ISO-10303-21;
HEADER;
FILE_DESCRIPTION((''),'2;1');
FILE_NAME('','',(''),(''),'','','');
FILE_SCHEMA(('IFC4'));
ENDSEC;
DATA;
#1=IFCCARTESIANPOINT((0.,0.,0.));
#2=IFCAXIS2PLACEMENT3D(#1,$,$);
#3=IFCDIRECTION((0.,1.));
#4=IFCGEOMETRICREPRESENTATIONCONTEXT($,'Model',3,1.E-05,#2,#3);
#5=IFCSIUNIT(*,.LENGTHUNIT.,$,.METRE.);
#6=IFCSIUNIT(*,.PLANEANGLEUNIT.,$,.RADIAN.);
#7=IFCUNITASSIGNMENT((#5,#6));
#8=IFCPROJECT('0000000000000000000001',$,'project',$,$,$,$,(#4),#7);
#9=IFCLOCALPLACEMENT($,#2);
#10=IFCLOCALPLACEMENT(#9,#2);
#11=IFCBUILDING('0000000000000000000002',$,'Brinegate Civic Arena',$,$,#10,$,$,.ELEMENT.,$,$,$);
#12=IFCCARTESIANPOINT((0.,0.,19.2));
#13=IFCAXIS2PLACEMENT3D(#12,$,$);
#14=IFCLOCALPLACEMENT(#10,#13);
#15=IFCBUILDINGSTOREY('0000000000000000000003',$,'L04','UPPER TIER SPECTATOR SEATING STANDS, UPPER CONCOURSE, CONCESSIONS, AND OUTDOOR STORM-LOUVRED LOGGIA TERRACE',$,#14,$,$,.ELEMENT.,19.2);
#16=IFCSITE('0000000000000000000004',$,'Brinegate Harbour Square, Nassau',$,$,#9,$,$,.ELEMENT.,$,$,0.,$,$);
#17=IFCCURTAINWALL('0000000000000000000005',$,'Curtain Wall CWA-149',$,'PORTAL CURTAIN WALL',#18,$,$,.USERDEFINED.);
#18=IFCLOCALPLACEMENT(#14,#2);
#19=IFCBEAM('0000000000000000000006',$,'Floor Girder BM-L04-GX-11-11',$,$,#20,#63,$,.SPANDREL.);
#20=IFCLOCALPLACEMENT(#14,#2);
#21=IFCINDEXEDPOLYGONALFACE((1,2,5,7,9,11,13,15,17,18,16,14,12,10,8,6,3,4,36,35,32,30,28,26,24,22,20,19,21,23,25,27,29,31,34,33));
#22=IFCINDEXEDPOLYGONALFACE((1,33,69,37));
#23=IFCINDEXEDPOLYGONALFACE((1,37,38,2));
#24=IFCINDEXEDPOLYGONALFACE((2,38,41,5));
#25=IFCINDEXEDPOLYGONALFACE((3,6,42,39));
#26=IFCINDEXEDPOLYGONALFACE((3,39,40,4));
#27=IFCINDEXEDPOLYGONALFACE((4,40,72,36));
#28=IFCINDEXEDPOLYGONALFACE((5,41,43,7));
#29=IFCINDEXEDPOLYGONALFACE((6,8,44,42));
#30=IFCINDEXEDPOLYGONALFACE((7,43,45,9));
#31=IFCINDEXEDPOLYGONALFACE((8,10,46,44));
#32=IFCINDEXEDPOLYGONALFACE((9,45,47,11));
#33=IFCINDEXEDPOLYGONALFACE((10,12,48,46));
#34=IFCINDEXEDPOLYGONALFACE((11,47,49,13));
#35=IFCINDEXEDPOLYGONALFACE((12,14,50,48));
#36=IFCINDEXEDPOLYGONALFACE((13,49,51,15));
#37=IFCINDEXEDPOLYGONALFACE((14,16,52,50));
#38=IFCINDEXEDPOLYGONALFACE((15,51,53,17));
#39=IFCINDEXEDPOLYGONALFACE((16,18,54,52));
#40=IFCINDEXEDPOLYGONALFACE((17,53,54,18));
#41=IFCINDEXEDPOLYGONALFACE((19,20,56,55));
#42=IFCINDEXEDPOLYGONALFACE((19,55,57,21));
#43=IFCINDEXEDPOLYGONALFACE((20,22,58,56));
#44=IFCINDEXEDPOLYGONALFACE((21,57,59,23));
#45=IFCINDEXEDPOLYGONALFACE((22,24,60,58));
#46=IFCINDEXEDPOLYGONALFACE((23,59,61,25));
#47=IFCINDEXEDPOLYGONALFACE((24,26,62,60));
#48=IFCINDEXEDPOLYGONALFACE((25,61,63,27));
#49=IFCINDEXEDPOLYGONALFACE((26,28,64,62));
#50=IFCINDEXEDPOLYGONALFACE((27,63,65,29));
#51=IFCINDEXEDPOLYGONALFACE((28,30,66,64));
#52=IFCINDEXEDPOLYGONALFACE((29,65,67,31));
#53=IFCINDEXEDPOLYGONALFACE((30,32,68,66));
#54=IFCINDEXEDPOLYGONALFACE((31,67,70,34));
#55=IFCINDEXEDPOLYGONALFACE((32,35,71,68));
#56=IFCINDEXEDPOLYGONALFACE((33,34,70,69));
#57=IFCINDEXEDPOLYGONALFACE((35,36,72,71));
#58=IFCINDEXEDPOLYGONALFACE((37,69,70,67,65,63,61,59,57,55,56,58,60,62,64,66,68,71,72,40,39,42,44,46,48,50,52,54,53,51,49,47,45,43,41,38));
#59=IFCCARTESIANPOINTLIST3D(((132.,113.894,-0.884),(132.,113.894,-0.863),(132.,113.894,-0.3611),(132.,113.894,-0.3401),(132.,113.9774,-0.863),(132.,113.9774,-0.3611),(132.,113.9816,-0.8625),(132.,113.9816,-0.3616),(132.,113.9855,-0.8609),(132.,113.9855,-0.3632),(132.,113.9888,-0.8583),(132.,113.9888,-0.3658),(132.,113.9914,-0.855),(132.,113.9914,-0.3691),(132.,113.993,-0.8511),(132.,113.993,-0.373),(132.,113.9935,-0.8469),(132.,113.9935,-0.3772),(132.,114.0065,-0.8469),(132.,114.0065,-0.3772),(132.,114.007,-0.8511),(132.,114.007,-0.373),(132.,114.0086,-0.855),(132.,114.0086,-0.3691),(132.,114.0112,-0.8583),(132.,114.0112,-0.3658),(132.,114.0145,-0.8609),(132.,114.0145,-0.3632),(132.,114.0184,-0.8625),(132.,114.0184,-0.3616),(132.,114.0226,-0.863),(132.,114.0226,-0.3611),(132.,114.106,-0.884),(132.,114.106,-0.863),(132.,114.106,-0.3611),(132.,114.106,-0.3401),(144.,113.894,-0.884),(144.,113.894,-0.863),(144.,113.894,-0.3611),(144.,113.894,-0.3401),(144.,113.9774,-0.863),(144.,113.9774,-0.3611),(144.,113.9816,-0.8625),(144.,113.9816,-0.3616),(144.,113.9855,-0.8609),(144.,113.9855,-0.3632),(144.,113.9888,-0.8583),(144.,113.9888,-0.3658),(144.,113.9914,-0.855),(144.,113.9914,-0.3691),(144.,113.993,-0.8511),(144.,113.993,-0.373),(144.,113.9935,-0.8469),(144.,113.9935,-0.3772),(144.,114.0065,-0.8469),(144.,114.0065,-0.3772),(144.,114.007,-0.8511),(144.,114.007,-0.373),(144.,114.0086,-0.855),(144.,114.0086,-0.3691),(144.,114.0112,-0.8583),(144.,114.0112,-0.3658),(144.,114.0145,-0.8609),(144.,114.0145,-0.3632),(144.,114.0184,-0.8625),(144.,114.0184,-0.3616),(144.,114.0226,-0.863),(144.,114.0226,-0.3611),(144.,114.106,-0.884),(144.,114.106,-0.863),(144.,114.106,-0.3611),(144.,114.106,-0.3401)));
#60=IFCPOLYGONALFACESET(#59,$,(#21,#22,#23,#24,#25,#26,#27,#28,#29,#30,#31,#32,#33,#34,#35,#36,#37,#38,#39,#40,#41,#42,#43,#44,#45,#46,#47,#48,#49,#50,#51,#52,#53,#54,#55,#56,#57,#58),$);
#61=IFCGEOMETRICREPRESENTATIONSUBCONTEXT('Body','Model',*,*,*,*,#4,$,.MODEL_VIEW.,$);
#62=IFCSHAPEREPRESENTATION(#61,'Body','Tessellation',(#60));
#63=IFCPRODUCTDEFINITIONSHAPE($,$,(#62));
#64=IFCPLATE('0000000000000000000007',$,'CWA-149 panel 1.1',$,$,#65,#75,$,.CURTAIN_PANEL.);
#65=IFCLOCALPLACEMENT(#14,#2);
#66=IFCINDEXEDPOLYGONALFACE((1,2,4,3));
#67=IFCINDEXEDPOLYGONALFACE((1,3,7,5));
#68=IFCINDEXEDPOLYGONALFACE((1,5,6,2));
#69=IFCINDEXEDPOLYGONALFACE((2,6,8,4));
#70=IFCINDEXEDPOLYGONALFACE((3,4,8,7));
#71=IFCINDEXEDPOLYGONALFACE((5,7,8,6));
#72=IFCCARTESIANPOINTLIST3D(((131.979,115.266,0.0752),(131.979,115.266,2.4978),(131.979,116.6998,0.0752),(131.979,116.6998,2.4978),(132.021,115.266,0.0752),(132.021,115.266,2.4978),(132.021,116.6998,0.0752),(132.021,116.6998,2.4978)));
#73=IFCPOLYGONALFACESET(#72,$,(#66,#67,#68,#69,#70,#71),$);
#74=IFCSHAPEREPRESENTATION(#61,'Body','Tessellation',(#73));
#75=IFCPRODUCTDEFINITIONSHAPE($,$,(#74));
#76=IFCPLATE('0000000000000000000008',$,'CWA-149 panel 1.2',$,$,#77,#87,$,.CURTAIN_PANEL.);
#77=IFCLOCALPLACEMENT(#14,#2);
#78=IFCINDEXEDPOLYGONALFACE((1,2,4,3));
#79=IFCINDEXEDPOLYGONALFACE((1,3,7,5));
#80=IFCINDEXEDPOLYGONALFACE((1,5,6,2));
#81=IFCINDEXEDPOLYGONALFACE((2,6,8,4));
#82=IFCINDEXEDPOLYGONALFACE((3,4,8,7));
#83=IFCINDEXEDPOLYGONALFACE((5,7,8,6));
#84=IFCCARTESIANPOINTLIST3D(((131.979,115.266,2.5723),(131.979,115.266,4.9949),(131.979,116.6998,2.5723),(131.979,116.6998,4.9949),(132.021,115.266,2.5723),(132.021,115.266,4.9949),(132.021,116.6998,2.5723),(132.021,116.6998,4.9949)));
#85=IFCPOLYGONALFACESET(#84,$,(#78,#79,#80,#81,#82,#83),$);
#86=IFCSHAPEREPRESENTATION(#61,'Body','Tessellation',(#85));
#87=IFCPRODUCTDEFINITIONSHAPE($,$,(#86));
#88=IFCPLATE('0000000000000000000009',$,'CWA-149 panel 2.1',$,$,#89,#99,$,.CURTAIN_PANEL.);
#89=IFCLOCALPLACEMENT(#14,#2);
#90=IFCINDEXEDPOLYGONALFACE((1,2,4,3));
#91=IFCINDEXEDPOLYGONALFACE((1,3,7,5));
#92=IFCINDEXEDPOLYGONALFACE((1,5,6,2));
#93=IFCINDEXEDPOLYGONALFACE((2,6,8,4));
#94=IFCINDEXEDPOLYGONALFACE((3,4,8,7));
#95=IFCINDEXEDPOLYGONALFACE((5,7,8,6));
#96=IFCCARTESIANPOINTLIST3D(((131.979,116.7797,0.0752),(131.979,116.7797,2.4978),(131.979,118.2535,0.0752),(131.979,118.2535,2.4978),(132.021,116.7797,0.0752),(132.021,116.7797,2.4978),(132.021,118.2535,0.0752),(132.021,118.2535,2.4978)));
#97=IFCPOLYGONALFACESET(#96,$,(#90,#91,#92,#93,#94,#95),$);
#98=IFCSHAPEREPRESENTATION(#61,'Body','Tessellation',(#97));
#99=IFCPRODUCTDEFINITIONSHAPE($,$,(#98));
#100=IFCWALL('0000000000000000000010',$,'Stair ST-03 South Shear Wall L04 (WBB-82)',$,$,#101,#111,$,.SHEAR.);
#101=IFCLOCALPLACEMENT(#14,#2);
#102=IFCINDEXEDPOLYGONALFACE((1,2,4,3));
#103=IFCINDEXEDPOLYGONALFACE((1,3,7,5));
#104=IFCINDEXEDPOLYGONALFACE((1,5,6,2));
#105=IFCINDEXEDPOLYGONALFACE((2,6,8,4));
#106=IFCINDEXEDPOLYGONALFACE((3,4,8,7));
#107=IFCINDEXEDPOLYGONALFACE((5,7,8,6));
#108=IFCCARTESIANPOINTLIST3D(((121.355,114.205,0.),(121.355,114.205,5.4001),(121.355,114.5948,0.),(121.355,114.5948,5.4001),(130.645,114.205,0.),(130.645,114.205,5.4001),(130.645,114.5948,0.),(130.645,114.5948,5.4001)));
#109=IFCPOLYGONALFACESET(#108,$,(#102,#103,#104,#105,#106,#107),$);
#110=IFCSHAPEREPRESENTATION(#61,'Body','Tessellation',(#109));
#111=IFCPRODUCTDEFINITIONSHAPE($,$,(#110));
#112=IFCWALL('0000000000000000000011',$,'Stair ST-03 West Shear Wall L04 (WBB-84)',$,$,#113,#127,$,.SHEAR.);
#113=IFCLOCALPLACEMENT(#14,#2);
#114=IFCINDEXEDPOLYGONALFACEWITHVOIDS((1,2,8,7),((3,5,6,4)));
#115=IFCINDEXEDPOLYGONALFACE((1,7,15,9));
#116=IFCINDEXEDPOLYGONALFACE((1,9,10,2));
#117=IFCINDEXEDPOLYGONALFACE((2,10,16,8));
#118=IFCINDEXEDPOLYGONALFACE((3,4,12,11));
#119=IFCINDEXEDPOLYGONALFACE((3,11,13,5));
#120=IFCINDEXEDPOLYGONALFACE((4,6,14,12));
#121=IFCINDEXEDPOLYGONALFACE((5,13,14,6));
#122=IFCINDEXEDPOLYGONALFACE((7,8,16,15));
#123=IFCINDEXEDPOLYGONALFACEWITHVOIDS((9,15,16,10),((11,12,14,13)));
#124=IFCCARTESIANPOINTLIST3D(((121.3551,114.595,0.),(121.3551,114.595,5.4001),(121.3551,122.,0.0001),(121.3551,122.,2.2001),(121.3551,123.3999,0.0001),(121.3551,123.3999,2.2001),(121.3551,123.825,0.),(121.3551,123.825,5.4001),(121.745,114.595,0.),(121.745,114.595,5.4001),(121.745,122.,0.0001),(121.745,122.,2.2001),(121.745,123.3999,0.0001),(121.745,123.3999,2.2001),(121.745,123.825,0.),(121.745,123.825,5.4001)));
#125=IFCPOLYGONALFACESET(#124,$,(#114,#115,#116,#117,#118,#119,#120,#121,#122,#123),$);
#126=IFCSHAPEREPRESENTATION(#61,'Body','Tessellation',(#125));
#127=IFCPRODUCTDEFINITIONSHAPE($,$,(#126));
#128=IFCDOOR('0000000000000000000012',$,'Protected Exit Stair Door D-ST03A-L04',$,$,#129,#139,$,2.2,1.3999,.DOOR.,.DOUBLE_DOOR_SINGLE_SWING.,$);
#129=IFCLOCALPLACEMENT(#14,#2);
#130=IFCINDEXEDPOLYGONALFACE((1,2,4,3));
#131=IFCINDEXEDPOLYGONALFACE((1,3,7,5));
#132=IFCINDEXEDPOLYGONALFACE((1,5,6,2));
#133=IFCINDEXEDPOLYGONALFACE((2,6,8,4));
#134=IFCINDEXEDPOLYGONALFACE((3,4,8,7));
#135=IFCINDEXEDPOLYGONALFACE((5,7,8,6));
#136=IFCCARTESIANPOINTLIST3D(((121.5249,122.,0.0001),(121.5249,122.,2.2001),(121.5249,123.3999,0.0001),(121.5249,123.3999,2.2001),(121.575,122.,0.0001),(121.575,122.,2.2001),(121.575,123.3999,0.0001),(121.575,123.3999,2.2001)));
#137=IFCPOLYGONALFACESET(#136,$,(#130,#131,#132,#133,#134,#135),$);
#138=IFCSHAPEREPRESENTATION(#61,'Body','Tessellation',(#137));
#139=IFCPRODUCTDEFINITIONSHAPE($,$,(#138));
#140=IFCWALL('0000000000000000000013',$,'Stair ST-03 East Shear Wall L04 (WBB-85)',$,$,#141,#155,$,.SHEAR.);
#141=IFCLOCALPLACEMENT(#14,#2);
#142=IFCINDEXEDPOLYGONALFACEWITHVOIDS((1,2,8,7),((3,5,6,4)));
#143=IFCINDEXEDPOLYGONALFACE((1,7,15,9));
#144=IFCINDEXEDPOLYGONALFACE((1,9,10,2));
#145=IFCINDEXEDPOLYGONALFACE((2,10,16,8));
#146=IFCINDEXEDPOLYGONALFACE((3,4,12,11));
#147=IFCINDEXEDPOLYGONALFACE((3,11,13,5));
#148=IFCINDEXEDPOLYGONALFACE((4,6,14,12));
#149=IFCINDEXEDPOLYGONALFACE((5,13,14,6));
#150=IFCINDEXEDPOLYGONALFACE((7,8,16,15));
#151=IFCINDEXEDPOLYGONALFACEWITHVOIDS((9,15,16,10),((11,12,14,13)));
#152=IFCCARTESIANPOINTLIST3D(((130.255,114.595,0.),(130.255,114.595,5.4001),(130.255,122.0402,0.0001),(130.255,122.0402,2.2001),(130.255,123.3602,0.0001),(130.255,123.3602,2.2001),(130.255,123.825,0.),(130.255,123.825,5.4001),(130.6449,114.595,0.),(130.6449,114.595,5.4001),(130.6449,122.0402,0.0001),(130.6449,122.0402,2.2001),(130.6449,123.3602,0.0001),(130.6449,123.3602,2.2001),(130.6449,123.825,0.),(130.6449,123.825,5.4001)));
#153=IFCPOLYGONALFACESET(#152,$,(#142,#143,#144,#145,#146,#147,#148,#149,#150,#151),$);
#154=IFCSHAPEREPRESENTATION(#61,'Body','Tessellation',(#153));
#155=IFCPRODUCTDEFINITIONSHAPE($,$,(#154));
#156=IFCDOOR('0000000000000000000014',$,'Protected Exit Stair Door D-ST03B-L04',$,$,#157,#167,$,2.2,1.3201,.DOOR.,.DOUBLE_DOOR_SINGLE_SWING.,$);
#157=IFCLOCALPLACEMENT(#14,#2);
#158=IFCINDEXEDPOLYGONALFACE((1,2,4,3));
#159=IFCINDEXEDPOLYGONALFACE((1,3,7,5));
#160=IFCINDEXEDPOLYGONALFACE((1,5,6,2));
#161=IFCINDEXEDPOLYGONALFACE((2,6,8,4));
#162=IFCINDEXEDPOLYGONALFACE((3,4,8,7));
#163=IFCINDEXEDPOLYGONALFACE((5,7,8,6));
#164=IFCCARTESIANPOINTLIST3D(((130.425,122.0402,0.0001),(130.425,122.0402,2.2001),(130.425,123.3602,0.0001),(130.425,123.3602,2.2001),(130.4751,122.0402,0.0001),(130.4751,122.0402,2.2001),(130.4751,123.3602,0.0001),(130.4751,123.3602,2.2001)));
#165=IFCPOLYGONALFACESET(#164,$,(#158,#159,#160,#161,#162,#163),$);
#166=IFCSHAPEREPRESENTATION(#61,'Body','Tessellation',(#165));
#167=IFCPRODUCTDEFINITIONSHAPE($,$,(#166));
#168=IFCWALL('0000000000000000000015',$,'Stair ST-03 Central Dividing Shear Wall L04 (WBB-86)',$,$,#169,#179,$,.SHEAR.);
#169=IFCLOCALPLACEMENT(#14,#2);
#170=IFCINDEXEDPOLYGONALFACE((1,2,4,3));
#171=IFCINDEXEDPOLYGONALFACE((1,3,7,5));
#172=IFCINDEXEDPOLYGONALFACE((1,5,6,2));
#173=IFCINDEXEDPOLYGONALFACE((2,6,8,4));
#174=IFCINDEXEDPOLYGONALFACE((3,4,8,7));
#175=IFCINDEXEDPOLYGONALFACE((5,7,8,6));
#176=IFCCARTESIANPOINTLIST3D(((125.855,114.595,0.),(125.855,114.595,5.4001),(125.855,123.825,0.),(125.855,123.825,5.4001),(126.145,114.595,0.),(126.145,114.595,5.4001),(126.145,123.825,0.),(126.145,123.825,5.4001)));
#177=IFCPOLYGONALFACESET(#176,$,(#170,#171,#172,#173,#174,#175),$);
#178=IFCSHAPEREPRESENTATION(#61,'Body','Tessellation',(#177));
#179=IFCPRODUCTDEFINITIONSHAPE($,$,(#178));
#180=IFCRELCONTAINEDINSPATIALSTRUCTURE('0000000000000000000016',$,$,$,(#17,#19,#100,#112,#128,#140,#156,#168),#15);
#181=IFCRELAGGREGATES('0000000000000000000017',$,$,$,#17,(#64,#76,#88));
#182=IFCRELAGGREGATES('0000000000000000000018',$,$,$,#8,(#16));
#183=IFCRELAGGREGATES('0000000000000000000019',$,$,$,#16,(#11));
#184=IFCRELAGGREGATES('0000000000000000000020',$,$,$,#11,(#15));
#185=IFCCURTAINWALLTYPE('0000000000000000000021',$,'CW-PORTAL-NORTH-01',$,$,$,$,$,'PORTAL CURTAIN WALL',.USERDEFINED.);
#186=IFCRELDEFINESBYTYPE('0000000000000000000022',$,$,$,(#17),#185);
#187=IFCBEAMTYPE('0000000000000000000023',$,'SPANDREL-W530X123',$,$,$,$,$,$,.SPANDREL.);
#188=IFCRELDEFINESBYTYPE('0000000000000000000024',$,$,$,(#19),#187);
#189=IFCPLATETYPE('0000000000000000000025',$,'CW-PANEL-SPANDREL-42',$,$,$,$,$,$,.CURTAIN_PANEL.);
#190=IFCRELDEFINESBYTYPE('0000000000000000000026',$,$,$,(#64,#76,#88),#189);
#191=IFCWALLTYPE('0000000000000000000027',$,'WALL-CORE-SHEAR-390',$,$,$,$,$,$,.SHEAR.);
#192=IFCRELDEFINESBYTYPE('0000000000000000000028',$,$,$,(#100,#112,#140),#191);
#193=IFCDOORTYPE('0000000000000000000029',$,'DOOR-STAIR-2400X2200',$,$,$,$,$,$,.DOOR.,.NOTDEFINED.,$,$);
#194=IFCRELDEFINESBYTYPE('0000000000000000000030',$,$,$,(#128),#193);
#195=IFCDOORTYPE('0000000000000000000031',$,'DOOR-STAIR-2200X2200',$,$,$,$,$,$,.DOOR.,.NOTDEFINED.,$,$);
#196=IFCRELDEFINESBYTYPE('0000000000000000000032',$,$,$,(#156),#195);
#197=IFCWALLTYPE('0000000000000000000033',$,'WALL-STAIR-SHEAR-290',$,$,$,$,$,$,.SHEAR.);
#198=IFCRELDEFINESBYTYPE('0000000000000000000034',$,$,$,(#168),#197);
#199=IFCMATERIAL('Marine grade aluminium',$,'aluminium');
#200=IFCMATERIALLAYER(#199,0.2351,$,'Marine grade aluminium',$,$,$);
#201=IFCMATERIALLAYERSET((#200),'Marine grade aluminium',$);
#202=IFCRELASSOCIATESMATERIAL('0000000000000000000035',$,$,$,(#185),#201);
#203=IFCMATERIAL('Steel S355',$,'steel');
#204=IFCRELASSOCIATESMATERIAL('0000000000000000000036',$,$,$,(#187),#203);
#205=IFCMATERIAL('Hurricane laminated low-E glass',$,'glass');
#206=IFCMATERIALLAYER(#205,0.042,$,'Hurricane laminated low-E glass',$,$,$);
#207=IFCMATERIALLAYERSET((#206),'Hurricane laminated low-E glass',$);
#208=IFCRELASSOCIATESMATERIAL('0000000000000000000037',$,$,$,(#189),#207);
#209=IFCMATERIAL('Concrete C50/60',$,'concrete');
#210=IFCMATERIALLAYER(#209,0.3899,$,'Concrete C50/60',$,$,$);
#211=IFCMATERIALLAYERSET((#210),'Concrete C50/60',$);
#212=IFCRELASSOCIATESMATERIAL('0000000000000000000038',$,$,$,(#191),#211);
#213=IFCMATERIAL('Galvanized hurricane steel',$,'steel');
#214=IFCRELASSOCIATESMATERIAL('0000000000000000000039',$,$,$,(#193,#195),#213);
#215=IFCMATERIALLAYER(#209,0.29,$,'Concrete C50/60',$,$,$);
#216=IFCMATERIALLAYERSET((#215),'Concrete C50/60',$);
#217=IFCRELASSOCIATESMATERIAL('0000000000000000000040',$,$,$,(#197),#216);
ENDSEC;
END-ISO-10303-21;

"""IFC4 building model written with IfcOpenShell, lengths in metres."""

from ifc_helpers import new_model, si_unit, direction, frame, frame_2d, origin, origin_2d, place, context, subcontext, project, spatial, rectangle, i_section, extrude, material, layer, layer_set, material_profile, profile_set, type_object, element, fill, aggregate, save


model = new_model("IFC4")

# Units and contexts
model_context = context("Model", 3, precision=1e-05, world=origin(), true_north=direction((0.0, 1.0)))
body_context = subcontext(model_context, "Body", "Model", "MODEL_VIEW")
ifc_project = project(units=[si_unit("LENGTHUNIT", "METRE"), si_unit("PLANEANGLEUNIT", "RADIAN")], contexts=[model_context])

# Site, building, storey
site_placement = place(None, origin())
site = spatial("IfcSite", under=ifc_project, at=site_placement, Name="Brinegate Harbour Square, Nassau", CompositionType="ELEMENT", RefElevation=0.0)
building_placement = place(site_placement, origin())
building = spatial("IfcBuilding", under=site, at=building_placement, Name="Brinegate Civic Arena", CompositionType="ELEMENT")
storey_placement = place(building_placement, frame((0.0, 0.0, 19.2)))
storey = spatial("IfcBuildingStorey", under=building, at=storey_placement, Name="L04", Description="UPPER TIER SPECTATOR SEATING STANDS, UPPER CONCOURSE, CONCESSIONS, AND OUTDOOR STORM-LOUVRED LOGGIA TERRACE", CompositionType="ELEMENT", Elevation=19.2)

# Shared definitions
ifc_material_1 = material(Name="Concrete C50/60", Category="concrete")

# Curtain wall
ifc_material_2 = material(Name="Marine grade aluminium", Category="aluminium")
ifc_layer_1 = layer(ifc_material_2, 0.2351, Name="Marine grade aluminium")
ifc_layer_set_1 = layer_set([ifc_layer_1], Name="Marine grade aluminium")
curtain_wall_type = type_object("IfcCurtainWallType", Name="CW-PORTAL-NORTH-01", ElementType="PORTAL CURTAIN WALL", PredefinedType="USERDEFINED", material=ifc_layer_set_1)
curtain_wall_placement = place(storey_placement, origin())
curtain_wall = element("IfcCurtainWall", 1, at=curtain_wall_placement, inside=storey, type_object=curtain_wall_type, Name="Curtain Wall CWA-149", ObjectType="PORTAL CURTAIN WALL", PredefinedType="USERDEFINED")

# Beam
ifc_material_3 = material(Name="Steel S355", Category="steel")
ifc_material_profile_1 = material_profile(ifc_material_3, i_section(OverallWidth=0.2119, OverallDepth=0.5439, WebThickness=0.0129, FlangeThickness=0.021, FilletRadius=0.0161, at=origin_2d()), Name="W530X123")
ifc_profile_set_1 = profile_set([ifc_material_profile_1], Name="Steel S355")
beam_type_1 = type_object("IfcBeamType", Name="SPANDREL-W530X123", PredefinedType="SPANDREL", material=ifc_profile_set_1)
beam_1_placement = place(storey_placement, frame((132.0, 114.0, -0.6121), z_axis=(1.0, 0.0, 0.0), x_axis=(0.0, 1.0, 0.0)))
element("IfcBeam", 2, at=beam_1_placement, inside=storey, type_object=beam_type_1, Name="Floor Girder BM-L04-GX-11-11", PredefinedType="SPANDREL", context=body_context, shape_type="SweptSolid", body=[
    extrude(i_section(OverallWidth=0.2119, OverallDepth=0.5439, WebThickness=0.0129, FlangeThickness=0.021, FilletRadius=0.0161, at=origin_2d()), origin(), (0.0, 0.0, 1.0), 12.0),
])

# Plates
ifc_material_4 = material(Name="Hurricane laminated low-E glass", Category="glass")
ifc_layer_2 = layer(ifc_material_4, 0.042, Name="Hurricane laminated low-E glass")
ifc_layer_set_2 = layer_set([ifc_layer_2], Name="Hurricane laminated low-E glass")
plate_type = type_object("IfcPlateType", Name="CW-PANEL-SPANDREL-42", PredefinedType="CURTAIN_PANEL", material=ifc_layer_set_2)
plate_1_placement = place(storey_placement, frame((132.0, 115.9829, 0.0752), z_axis=(0.0, 0.0, 1.0), x_axis=(0.0, 1.0, 0.0)))
plate_1 = element("IfcPlate", 3, at=plate_1_placement, type_object=plate_type, Name="CWA-149 panel 1.1", PredefinedType="CURTAIN_PANEL", context=body_context, shape_type="SweptSolid", body=[
    extrude(rectangle(XDim=1.4338, YDim=0.042, at=origin_2d()), origin(), (0.0, 0.0, 1.0), 2.4226),
])
plate_2_placement = place(storey_placement, frame((132.0, 115.9829, 2.5723), z_axis=(0.0, 0.0, 1.0), x_axis=(0.0, 1.0, 0.0)))
plate_2 = element("IfcPlate", 4, at=plate_2_placement, type_object=plate_type, Name="CWA-149 panel 1.2", PredefinedType="CURTAIN_PANEL", context=body_context, shape_type="SweptSolid", body=[
    extrude(rectangle(XDim=1.4338, YDim=0.042, at=origin_2d()), origin(), (0.0, 0.0, 1.0), 2.4226),
])
plate_3_placement = place(storey_placement, frame((132.0, 117.5166, 0.0752), z_axis=(0.0, 0.0, 1.0), x_axis=(0.0, 1.0, 0.0)))
plate_3 = element("IfcPlate", 5, at=plate_3_placement, type_object=plate_type, Name="CWA-149 panel 2.1", PredefinedType="CURTAIN_PANEL", context=body_context, shape_type="SweptSolid", body=[
    extrude(rectangle(XDim=1.4739, YDim=0.042, at=origin_2d()), origin(), (0.0, 0.0, 1.0), 2.4226),
])
aggregate(curtain_wall, [plate_1, plate_2, plate_3])

# Wall
ifc_layer_3 = layer(ifc_material_1, 0.3899, Name="Concrete C50/60")
ifc_layer_set_3 = layer_set([ifc_layer_3], Name="Concrete C50/60")
wall_type_1 = type_object("IfcWallType", Name="WALL-CORE-SHEAR-390", PredefinedType="SHEAR", material=ifc_layer_set_3)
wall_1_placement = place(storey_placement, frame((121.355, 114.3999, 0.0), z_axis=(0.0, 0.0, 1.0), x_axis=(1.0, 0.0, 0.0)))
element("IfcWall", 6, at=wall_1_placement, inside=storey, type_object=wall_type_1, Name="Stair ST-03 South Shear Wall L04 (WBB-82)", PredefinedType="SHEAR", context=body_context, shape_type="SweptSolid", body=[
    extrude(rectangle(XDim=9.29, YDim=0.3899, at=frame_2d((4.645, 0.0))), origin(), (0.0, 0.0, 1.0), 5.4001),
])

# Walls, openings, doors
wall_2_placement = place(storey_placement, frame((121.55, 114.595, 0.0), z_axis=(0.0, 0.0, 1.0), x_axis=(0.0, 1.0, 0.0)))
wall_2 = element("IfcWall", 7, at=wall_2_placement, inside=storey, type_object=wall_type_1, Name="Stair ST-03 West Shear Wall L04 (WBB-84)", PredefinedType="SHEAR", context=body_context, shape_type="SweptSolid", body=[
    extrude(rectangle(XDim=9.23, YDim=0.3899, at=frame_2d((4.615, 0.0))), origin(), (0.0, 0.0, 1.0), 5.4001),
])
opening_1_placement = place(wall_2_placement, frame((7.405, 0.0, 0.0)))
opening_1 = element("IfcOpeningElement", 8, at=opening_1_placement, cuts=wall_2, PredefinedType="OPENING", context=body_context, shape_type="SweptSolid", body=[
    extrude(rectangle(XDim=1.3999, YDim=2.2, at=frame_2d((0.7, 1.1001))), frame((0.0, 0.2048, 0.0), z_axis=(0.0, -1.0, 0.0), x_axis=(1.0, 0.0, 0.0)), (0.0, 0.0, 1.0), 0.4099),
])
ifc_material_5 = material(Name="Galvanized hurricane steel", Category="steel")
door_type_1 = type_object("IfcDoorType", Name="DOOR-STAIR-2400X2200", OperationType="NOTDEFINED", PredefinedType="DOOR", material=ifc_material_5)
door_1_placement = place(opening_1_placement, frame((1.3999, 0.0, 0.0), z_axis=(0.0, 0.0, 1.0), x_axis=(-1.0, 0.0, 0.0)))
door_1 = element("IfcDoor", 9, at=door_1_placement, inside=storey, type_object=door_type_1, Name="Protected Exit Stair Door D-ST03A-L04", OperationType="DOUBLE_DOOR_SINGLE_SWING", OverallHeight=2.2, OverallWidth=1.3999, PredefinedType="DOOR", context=body_context, shape_type="SweptSolid", body=[
    extrude(rectangle(XDim=1.3999, YDim=2.2, at=frame_2d((0.7, 1.1001))), frame((0.0, 0.0249, 0.0), z_axis=(0.0, -1.0, 0.0), x_axis=(1.0, 0.0, 0.0)), (0.0, 0.0, 1.0), 0.05),
])
fill(opening_1, door_1)
wall_3_placement = place(storey_placement, frame((130.45, 114.595, 0.0), z_axis=(0.0, 0.0, 1.0), x_axis=(0.0, 1.0, 0.0)))
wall_3 = element("IfcWall", 10, at=wall_3_placement, inside=storey, type_object=wall_type_1, Name="Stair ST-03 East Shear Wall L04 (WBB-85)", PredefinedType="SHEAR", context=body_context, shape_type="SweptSolid", body=[
    extrude(rectangle(XDim=9.23, YDim=0.3899, at=frame_2d((4.615, 0.0))), origin(), (0.0, 0.0, 1.0), 5.4001),
])
opening_2_placement = place(wall_3_placement, frame((7.4451, 0.0, 0.0)))
opening_2 = element("IfcOpeningElement", 11, at=opening_2_placement, cuts=wall_3, PredefinedType="OPENING", context=body_context, shape_type="SweptSolid", body=[
    extrude(rectangle(XDim=1.3201, YDim=2.2, at=frame_2d((0.6602, 1.1001))), frame((0.0, 0.2048, 0.0), z_axis=(0.0, -1.0, 0.0), x_axis=(1.0, 0.0, 0.0)), (0.0, 0.0, 1.0), 0.4099),
])
door_type_2 = type_object("IfcDoorType", Name="DOOR-STAIR-2200X2200", OperationType="NOTDEFINED", PredefinedType="DOOR", material=ifc_material_5)
door_2_placement = place(opening_2_placement, origin())
door_2 = element("IfcDoor", 12, at=door_2_placement, inside=storey, type_object=door_type_2, Name="Protected Exit Stair Door D-ST03B-L04", OperationType="DOUBLE_DOOR_SINGLE_SWING", OverallHeight=2.2, OverallWidth=1.3201, PredefinedType="DOOR", context=body_context, shape_type="SweptSolid", body=[
    extrude(rectangle(XDim=1.3201, YDim=2.2, at=frame_2d((0.6602, 1.1001))), frame((0.0, 0.0249, 0.0), z_axis=(0.0, -1.0, 0.0), x_axis=(1.0, 0.0, 0.0)), (0.0, 0.0, 1.0), 0.05),
])
fill(opening_2, door_2)

# Wall
ifc_layer_4 = layer(ifc_material_1, 0.29, Name="Concrete C50/60")
ifc_layer_set_4 = layer_set([ifc_layer_4], Name="Concrete C50/60")
wall_type_2 = type_object("IfcWallType", Name="WALL-STAIR-SHEAR-290", PredefinedType="SHEAR", material=ifc_layer_set_4)
wall_4_placement = place(storey_placement, frame((126.0, 114.595, 0.0), z_axis=(0.0, 0.0, 1.0), x_axis=(0.0, 1.0, 0.0)))
element("IfcWall", 13, at=wall_4_placement, inside=storey, type_object=wall_type_2, Name="Stair ST-03 Central Dividing Shear Wall L04 (WBB-86)", PredefinedType="SHEAR", context=body_context, shape_type="SweptSolid", body=[
    extrude(rectangle(XDim=9.23, YDim=0.29, at=frame_2d((4.615, 0.0))), origin(), (0.0, 0.0, 1.0), 5.4001),
])

save(model, "model.ifc")
